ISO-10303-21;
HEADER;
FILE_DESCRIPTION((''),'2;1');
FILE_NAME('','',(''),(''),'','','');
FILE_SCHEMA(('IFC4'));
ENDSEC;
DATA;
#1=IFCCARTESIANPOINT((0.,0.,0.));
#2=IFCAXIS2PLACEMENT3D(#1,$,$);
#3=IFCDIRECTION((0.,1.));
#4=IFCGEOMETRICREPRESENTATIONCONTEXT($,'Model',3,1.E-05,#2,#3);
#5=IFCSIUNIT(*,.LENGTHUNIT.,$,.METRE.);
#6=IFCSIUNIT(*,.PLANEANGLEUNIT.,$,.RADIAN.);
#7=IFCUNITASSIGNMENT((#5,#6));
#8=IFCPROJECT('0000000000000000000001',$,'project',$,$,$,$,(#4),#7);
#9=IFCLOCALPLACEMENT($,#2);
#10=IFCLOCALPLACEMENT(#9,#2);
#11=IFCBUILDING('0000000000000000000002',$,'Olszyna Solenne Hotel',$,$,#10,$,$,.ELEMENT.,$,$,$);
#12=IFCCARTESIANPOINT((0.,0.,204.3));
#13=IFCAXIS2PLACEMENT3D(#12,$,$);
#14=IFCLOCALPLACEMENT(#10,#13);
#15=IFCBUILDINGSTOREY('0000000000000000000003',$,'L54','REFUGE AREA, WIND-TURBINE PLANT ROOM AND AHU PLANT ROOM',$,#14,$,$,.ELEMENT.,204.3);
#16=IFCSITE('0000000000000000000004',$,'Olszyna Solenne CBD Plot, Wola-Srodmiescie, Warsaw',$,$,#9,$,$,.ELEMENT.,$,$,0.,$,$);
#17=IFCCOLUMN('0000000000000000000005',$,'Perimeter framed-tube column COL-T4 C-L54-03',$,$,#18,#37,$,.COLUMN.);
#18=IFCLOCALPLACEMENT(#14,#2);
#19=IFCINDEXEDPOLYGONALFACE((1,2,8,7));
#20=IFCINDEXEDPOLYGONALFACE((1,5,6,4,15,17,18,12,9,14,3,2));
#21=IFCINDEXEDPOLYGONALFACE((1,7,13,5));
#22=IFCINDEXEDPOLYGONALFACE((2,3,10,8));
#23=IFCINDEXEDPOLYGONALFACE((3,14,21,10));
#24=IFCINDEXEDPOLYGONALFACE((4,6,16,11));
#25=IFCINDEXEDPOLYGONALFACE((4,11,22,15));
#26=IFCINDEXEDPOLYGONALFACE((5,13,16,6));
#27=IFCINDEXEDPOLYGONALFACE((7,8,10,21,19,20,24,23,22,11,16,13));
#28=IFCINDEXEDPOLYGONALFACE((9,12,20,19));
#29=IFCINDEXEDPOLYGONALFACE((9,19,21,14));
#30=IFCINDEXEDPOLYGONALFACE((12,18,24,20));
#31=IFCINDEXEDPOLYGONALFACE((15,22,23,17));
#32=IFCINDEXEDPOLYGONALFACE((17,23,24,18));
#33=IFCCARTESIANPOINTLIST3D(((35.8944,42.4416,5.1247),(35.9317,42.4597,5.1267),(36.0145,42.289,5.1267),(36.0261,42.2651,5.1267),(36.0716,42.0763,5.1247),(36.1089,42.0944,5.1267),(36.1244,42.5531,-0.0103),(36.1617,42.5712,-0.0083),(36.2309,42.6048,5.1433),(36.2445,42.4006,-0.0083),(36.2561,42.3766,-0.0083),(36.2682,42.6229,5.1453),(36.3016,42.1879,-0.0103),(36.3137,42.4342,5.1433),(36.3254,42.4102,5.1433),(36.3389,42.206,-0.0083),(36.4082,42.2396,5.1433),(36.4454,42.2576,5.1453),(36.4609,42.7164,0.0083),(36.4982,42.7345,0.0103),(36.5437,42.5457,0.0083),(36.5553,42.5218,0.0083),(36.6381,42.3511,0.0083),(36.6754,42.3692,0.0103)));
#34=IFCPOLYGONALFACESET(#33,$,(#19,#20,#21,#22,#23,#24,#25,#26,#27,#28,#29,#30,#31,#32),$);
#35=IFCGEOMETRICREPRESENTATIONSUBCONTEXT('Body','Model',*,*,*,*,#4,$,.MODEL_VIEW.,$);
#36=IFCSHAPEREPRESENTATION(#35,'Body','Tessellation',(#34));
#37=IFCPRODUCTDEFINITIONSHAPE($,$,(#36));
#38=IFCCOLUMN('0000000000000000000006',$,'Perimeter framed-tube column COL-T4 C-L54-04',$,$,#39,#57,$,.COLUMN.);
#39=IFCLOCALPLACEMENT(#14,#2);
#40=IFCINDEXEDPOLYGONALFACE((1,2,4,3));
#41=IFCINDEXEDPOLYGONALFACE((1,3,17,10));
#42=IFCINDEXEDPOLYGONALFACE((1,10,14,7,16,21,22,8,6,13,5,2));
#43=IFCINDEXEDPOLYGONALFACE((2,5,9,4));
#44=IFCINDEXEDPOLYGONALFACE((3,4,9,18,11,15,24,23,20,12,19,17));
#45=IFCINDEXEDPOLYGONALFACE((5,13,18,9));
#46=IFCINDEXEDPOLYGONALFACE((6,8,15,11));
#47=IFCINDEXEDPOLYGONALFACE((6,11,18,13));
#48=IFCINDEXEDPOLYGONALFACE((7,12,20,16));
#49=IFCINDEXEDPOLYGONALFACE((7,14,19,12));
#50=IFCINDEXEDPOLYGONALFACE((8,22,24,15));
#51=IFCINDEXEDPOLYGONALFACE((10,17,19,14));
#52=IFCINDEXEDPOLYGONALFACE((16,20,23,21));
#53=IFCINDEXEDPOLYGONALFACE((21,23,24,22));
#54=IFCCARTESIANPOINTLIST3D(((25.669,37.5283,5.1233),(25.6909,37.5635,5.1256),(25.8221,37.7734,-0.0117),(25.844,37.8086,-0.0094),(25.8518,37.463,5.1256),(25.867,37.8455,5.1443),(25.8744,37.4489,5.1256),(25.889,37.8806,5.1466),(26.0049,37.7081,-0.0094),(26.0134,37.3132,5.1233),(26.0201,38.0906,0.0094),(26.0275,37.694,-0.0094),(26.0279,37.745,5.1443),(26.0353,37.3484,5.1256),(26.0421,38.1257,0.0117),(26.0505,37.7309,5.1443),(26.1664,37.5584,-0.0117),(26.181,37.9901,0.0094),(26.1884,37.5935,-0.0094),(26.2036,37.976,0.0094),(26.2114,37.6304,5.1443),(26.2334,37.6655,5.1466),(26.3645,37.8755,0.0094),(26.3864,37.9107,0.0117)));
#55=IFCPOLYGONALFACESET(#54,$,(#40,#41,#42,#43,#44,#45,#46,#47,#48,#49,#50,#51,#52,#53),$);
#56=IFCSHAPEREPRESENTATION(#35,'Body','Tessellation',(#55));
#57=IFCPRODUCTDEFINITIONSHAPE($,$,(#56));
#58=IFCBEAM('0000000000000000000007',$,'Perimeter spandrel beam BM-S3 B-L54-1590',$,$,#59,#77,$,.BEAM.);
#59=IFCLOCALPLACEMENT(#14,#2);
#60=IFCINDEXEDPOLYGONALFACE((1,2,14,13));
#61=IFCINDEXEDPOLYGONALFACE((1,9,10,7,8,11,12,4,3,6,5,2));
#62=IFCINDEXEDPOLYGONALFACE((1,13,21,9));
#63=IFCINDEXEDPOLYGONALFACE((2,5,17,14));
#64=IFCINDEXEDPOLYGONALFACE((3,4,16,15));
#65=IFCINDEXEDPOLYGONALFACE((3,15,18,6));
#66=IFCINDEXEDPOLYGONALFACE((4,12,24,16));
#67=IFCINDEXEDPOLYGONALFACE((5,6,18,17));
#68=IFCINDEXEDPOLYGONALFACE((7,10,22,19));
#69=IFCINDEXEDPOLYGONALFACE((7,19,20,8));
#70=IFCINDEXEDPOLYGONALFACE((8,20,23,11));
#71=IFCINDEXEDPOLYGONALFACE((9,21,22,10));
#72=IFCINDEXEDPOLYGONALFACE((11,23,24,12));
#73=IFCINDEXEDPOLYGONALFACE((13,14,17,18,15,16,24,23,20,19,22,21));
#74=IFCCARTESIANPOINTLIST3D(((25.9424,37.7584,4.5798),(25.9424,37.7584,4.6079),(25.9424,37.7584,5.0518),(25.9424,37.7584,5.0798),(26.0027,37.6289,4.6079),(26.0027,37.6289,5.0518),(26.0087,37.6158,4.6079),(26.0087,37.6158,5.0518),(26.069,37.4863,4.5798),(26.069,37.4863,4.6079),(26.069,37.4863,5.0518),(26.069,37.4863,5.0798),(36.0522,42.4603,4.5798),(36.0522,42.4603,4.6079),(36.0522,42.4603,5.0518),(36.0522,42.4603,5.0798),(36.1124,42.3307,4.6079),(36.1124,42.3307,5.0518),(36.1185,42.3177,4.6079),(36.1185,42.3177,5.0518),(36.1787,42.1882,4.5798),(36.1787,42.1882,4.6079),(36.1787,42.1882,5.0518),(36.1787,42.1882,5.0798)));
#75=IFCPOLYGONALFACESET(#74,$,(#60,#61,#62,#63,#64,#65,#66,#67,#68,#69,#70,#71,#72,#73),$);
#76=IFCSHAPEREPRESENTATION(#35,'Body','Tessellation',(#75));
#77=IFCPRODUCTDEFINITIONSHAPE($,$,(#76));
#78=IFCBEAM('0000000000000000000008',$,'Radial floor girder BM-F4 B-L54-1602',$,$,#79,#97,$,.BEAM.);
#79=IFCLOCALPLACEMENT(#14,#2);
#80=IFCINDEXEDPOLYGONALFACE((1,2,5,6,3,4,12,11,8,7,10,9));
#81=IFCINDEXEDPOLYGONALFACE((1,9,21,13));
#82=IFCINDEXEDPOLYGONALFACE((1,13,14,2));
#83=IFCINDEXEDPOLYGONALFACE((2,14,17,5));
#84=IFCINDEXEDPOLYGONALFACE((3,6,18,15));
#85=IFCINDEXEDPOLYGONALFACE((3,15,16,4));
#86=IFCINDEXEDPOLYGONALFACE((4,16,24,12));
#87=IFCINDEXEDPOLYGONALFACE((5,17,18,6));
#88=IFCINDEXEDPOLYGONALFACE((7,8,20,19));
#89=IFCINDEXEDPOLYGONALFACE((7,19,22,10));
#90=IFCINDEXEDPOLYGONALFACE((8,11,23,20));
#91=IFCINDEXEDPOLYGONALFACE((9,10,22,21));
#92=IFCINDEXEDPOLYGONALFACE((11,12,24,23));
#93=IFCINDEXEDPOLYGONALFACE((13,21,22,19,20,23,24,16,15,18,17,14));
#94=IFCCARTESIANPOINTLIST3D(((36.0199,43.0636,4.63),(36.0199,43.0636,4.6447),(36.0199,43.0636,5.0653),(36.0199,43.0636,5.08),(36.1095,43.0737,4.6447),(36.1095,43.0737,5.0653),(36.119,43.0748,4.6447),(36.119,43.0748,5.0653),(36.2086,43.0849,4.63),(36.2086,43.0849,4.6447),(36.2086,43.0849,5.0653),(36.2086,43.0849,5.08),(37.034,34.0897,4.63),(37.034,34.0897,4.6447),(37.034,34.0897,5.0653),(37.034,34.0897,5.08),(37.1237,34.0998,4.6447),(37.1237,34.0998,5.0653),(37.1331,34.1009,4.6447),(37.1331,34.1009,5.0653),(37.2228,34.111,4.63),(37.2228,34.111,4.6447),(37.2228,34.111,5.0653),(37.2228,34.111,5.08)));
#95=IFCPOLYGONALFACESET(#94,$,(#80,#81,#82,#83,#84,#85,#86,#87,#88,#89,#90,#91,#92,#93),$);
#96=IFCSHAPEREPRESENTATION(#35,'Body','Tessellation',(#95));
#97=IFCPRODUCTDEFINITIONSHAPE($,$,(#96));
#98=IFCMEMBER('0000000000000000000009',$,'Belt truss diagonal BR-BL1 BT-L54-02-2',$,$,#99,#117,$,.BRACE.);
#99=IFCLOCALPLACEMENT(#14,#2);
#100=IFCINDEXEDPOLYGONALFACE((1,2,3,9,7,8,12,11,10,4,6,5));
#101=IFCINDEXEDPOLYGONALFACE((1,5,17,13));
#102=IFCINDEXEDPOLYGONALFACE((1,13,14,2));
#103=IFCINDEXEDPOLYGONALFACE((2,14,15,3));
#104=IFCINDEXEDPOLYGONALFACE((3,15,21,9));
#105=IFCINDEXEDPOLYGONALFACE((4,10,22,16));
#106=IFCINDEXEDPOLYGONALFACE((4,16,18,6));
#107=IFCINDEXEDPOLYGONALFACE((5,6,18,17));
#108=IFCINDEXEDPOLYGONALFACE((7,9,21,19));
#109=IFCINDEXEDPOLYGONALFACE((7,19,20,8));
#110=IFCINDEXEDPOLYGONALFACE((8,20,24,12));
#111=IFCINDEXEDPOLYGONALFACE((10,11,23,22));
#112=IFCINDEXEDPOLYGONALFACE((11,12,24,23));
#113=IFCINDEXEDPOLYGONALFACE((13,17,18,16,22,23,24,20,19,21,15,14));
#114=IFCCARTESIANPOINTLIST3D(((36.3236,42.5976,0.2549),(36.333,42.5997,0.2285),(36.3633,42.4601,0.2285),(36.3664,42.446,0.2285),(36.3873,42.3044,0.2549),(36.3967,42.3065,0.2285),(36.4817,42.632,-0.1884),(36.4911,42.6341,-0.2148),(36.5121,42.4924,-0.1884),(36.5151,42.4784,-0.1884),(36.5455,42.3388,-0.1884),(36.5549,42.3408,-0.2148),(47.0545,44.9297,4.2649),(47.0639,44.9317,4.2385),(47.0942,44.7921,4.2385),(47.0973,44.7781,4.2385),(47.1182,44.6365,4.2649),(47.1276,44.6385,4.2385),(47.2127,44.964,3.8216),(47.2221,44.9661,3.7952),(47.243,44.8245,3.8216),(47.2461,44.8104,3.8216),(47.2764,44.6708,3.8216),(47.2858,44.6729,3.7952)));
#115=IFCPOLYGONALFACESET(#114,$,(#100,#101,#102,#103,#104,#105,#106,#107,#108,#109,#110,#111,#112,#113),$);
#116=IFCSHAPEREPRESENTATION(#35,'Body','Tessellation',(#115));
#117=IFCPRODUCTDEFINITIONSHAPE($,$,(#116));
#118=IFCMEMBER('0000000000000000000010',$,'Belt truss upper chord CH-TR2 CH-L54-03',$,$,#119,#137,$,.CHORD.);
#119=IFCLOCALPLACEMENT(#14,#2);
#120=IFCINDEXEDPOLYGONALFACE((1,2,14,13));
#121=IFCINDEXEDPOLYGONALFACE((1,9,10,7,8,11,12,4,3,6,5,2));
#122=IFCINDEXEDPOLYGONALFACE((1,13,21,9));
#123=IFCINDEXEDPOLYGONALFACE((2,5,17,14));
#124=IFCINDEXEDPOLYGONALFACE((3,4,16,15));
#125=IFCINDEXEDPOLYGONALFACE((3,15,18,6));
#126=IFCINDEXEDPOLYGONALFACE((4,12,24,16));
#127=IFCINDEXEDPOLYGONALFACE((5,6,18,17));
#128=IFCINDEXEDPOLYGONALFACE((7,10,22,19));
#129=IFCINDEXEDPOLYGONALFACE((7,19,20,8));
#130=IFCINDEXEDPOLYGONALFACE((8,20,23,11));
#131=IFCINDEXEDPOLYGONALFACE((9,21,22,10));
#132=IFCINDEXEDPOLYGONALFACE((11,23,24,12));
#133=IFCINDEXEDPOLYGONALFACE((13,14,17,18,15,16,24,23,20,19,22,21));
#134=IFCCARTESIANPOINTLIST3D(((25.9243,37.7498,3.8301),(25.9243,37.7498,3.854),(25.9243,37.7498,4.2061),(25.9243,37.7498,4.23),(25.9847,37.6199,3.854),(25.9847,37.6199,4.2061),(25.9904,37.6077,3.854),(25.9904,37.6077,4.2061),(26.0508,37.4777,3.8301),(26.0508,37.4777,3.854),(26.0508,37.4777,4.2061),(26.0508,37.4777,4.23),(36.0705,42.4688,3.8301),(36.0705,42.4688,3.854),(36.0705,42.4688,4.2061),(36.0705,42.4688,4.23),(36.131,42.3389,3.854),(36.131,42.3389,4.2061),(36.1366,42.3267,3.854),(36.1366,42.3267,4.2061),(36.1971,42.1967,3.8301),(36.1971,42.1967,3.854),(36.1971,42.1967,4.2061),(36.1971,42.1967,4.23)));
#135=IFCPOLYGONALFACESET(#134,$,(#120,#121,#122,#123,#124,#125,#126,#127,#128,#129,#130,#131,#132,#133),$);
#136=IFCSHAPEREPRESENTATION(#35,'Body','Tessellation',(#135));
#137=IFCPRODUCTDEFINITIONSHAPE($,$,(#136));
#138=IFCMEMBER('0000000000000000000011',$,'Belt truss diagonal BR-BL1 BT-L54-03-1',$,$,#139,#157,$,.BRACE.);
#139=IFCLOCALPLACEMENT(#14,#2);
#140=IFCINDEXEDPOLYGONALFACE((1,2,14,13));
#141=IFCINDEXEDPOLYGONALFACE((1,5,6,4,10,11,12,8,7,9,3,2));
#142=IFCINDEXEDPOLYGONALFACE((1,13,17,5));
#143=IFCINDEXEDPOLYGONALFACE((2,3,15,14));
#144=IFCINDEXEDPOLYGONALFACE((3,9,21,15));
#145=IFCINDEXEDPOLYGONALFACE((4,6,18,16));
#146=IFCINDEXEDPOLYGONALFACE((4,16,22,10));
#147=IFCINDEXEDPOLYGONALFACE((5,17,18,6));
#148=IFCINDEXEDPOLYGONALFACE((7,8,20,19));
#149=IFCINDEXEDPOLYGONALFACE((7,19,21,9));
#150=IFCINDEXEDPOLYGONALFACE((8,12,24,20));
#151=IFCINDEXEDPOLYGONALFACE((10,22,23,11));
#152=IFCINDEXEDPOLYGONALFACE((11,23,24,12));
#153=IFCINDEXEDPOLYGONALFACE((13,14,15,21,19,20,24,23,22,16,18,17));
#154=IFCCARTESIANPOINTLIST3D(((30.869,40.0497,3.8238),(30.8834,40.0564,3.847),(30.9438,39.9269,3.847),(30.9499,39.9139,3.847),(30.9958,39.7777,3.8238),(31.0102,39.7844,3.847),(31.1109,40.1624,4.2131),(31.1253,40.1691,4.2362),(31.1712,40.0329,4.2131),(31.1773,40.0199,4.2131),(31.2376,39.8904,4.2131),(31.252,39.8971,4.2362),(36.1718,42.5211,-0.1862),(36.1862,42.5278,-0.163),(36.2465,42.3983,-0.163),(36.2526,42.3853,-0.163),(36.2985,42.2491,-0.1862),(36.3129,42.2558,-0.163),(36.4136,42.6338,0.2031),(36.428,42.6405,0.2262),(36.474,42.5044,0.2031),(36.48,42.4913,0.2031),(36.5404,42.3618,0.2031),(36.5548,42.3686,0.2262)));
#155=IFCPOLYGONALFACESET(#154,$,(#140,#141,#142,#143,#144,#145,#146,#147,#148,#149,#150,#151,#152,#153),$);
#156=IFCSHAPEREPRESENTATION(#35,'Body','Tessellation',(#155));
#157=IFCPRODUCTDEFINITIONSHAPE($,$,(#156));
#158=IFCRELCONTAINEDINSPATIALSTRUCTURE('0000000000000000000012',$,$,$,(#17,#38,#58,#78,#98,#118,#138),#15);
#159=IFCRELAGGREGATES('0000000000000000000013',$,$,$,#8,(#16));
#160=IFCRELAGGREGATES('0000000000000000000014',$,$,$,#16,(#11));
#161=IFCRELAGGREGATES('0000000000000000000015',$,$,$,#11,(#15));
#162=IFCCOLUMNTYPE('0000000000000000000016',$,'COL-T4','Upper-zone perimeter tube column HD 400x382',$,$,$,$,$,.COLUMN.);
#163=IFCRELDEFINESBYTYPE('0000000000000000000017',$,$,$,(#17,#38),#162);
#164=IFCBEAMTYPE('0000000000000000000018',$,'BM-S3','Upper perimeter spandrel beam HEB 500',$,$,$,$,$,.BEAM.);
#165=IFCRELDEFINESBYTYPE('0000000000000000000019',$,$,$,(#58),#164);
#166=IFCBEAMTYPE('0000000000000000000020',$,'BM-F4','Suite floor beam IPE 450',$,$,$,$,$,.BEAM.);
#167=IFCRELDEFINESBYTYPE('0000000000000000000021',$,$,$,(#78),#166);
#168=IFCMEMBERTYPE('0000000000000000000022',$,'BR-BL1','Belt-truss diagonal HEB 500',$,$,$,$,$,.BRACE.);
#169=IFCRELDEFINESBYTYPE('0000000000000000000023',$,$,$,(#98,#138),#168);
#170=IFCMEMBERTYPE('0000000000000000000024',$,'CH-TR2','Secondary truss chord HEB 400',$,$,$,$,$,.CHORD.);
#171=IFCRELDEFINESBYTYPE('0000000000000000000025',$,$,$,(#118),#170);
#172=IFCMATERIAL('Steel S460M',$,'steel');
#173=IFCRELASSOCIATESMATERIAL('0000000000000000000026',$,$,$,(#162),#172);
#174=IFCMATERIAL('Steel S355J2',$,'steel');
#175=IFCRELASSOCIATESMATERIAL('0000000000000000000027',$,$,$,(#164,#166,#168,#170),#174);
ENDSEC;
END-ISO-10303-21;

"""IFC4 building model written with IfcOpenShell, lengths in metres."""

from ifc_helpers import new_model, si_unit, direction, frame, origin, origin_2d, place, context, subcontext, project, spatial, i_section, extrude, source, transform, mapped, material, material_profile, profile_set, type_object, element, save


model = new_model("IFC4")

# Units and contexts
model_context = context("Model", 3, precision=1e-05, world=origin(), true_north=direction((0.0, 1.0)))
body_context = subcontext(model_context, "Body", "Model", "MODEL_VIEW")
ifc_project = project(units=[si_unit("LENGTHUNIT", "METRE"), si_unit("PLANEANGLEUNIT", "RADIAN")], contexts=[model_context])

# Site, building, storey
site_placement = place(None, origin())
site = spatial("IfcSite", under=ifc_project, at=site_placement, Name="Olszyna Solenne CBD Plot, Wola-Srodmiescie, Warsaw", CompositionType="ELEMENT", RefElevation=0.0)
building_placement = place(site_placement, origin())
building = spatial("IfcBuilding", under=site, at=building_placement, Name="Olszyna Solenne Hotel", CompositionType="ELEMENT")
storey_placement = place(building_placement, frame((0.0, 0.0, 204.3)))
storey = spatial("IfcBuildingStorey", under=building, at=storey_placement, Name="L54", Description="REFUGE AREA, WIND-TURBINE PLANT ROOM AND AHU PLANT ROOM", CompositionType="ELEMENT", Elevation=204.3)

# Columns
ifc_material_1 = material(Name="Steel S460M", Category="steel")
ifc_material_profile_1 = material_profile(ifc_material_1, i_section(OverallWidth=0.406, OverallDepth=0.416, WebThickness=0.0266, FlangeThickness=0.0415, at=origin_2d()), Name="HD 400x382", Category="load-bearing")
ifc_profile_set_1 = profile_set([ifc_material_profile_1], Name="Steel S460M")
column_type = type_object("IfcColumnType", Name="COL-T4", Description="Upper-zone perimeter tube column HD 400x382", PredefinedType="COLUMN", material=ifc_profile_set_1)
shared_shape_1 = source(origin(), body_context, "Body", "SweptSolid", [
    extrude(i_section(OverallWidth=0.406, OverallDepth=0.416, WebThickness=0.0266, FlangeThickness=0.0415, at=origin_2d()), origin(), (0.0, 0.0, 1.0), 5.1414),
])
column_1_placement = place(storey_placement, frame((36.3999, 42.4612, 0.0), z_axis=(-0.044731, -0.021701, 0.998763), x_axis=(0.436484, -0.899712, 0.0)))
element("IfcColumn", 1, at=column_1_placement, inside=storey, type_object=column_type, Name="Perimeter framed-tube column COL-T4 C-L54-03", PredefinedType="COLUMN", context=body_context, shape_type="MappedRepresentation", body=[
    mapped(shared_shape_1, transform((0.0, 0.0, 0.0), x_axis=(1.0, 0.0, 0.0), y_axis=(0.0, 1.0, 0.0), z_axis=(0.0, 0.0, 1.0), scale=1.0)),
])
shared_shape_2 = source(origin(), body_context, "Body", "SweptSolid", [
    extrude(i_section(OverallWidth=0.406, OverallDepth=0.416, WebThickness=0.0266, FlangeThickness=0.0415, at=origin_2d()), origin(), (0.0, 0.0, 1.0), 5.1431),
])
column_2_placement = place(storey_placement, frame((26.1042, 37.842, 0.0), z_axis=(-0.029763, -0.047659, 0.99842), x_axis=(0.848188, -0.529695, 0.0)))
element("IfcColumn", 2, at=column_2_placement, inside=storey, type_object=column_type, Name="Perimeter framed-tube column COL-T4 C-L54-04", PredefinedType="COLUMN", context=body_context, shape_type="MappedRepresentation", body=[
    mapped(shared_shape_2, transform((0.0, 0.0, 0.0), x_axis=(1.0, 0.0, 0.0), y_axis=(0.0, 1.0, 0.0), z_axis=(0.0, 0.0, 1.0), scale=1.0)),
])

# Beams
ifc_material_2 = material(Name="Steel S355J2", Category="steel")
ifc_material_profile_2 = material_profile(ifc_material_2, i_section(OverallWidth=0.3, OverallDepth=0.5, WebThickness=0.0144, FlangeThickness=0.0281, at=origin_2d()), Name="HEB 500", Category="load-bearing")
ifc_profile_set_2 = profile_set([ifc_material_profile_2], Name="Steel S355J2")
beam_type_1 = type_object("IfcBeamType", Name="BM-S3", Description="Upper perimeter spandrel beam HEB 500", PredefinedType="BEAM", material=ifc_profile_set_2)
shared_shape_3 = source(origin(), body_context, "Body", "SweptSolid", [
    extrude(i_section(OverallWidth=0.3, OverallDepth=0.5, WebThickness=0.0144, FlangeThickness=0.0281, at=origin_2d()), origin(), (0.0, 0.0, 1.0), 11.1497),
])
beam_1_placement = place(storey_placement, frame((36.1155, 42.3242, 4.8298), z_axis=(-0.906733, -0.421704, 0.0), x_axis=(0.421704, -0.906733, 0.0)))
element("IfcBeam", 3, at=beam_1_placement, inside=storey, type_object=beam_type_1, Name="Perimeter spandrel beam BM-S3 B-L54-1590", PredefinedType="BEAM", context=body_context, shape_type="MappedRepresentation", body=[
    mapped(shared_shape_3, transform((0.0, 0.0, 0.0), x_axis=(1.0, 0.0, 0.0), y_axis=(0.0, 1.0, 0.0), z_axis=(0.0, 0.0, 1.0), scale=1.0)),
])
ifc_material_profile_3 = material_profile(ifc_material_2, i_section(OverallWidth=0.1899, OverallDepth=0.45, WebThickness=0.0095, FlangeThickness=0.0146, at=origin_2d()), Name="IPE 450", Category="load-bearing")
ifc_profile_set_3 = profile_set([ifc_material_profile_3], Name="Steel S355J2")
beam_type_2 = type_object("IfcBeamType", Name="BM-F4", Description="Suite floor beam IPE 450", PredefinedType="BEAM", material=ifc_profile_set_3)
shared_shape_4 = source(origin(), body_context, "Body", "SweptSolid", [
    extrude(i_section(OverallWidth=0.1899, OverallDepth=0.45, WebThickness=0.0095, FlangeThickness=0.0146, at=origin_2d()), origin(), (0.0, 0.0, 1.0), 9.031),
])
beam_2_placement = place(storey_placement, frame((36.1143, 43.0742, 4.855), z_axis=(0.112298, -0.993675, 0.0), x_axis=(0.993675, 0.112298, 0.0)))
element("IfcBeam", 4, at=beam_2_placement, inside=storey, type_object=beam_type_2, Name="Radial floor girder BM-F4 B-L54-1602", PredefinedType="BEAM", context=body_context, shape_type="MappedRepresentation", body=[
    mapped(shared_shape_4, transform((0.0, 0.0, 0.0), x_axis=(1.0, 0.0, 0.0), y_axis=(0.0, 1.0, 0.0), z_axis=(0.0, 0.0, 1.0), scale=1.0)),
])

# Members
ifc_material_profile_4 = material_profile(ifc_material_2, i_section(OverallWidth=0.3, OverallDepth=0.5, WebThickness=0.0144, FlangeThickness=0.0281, at=origin_2d()), Name="HEB 500", Category="load-bearing")
ifc_profile_set_4 = profile_set([ifc_material_profile_4], Name="Steel S355J2")
member_type_1 = type_object("IfcMemberType", Name="BR-BL1", Description="Belt-truss diagonal HEB 500", PredefinedType="BRACE", material=ifc_profile_set_4)
shared_shape_5 = source(origin(), body_context, "Body", "SweptSolid", [
    extrude(i_section(OverallWidth=0.3, OverallDepth=0.5, WebThickness=0.0144, FlangeThickness=0.0281, at=origin_2d()), origin(), (0.0, 0.0, 1.0), 11.6907),
])
member_1_placement = place(storey_placement, frame((36.4392, 42.4692, 0.02), z_axis=(0.917907, 0.199478, 0.343009), x_axis=(-0.212361, 0.977191, 0.0)))
element("IfcMember", 5, at=member_1_placement, inside=storey, type_object=member_type_1, Name="Belt truss diagonal BR-BL1 BT-L54-02-2", PredefinedType="BRACE", context=body_context, shape_type="MappedRepresentation", body=[
    mapped(shared_shape_5, transform((0.0, 0.0, 0.0), x_axis=(1.0, 0.0, 0.0), y_axis=(0.0, 1.0, 0.0), z_axis=(0.0, 0.0, 1.0), scale=1.0)),
])
ifc_material_profile_5 = material_profile(ifc_material_2, i_section(OverallWidth=0.3, OverallDepth=0.3999, WebThickness=0.0134, FlangeThickness=0.0239, at=origin_2d()), Name="HEB 400", Category="load-bearing")
ifc_profile_set_5 = profile_set([ifc_material_profile_5], Name="Steel S355J2")
member_type_2 = type_object("IfcMemberType", Name="CH-TR2", Description="Secondary truss chord HEB 400", PredefinedType="CHORD", material=ifc_profile_set_5)
shared_shape_6 = source(origin(), body_context, "Body", "SweptSolid", [
    extrude(i_section(OverallWidth=0.3, OverallDepth=0.3999, WebThickness=0.0134, FlangeThickness=0.0239, at=origin_2d()), origin(), (0.0, 0.0, 1.0), 11.1899),
])
member_2_placement = place(storey_placement, frame((36.1338, 42.3328, 4.03), z_axis=(-0.906728, -0.421717, 0.0), x_axis=(0.421717, -0.906728, 0.0)))
element("IfcMember", 6, at=member_2_placement, inside=storey, type_object=member_type_2, Name="Belt truss upper chord CH-TR2 CH-L54-03", PredefinedType="CHORD", context=body_context, shape_type="MappedRepresentation", body=[
    mapped(shared_shape_6, transform((0.0, 0.0, 0.0), x_axis=(1.0, 0.0, 0.0), y_axis=(0.0, 1.0, 0.0), z_axis=(0.0, 0.0, 1.0), scale=1.0)),
])
shared_shape_7 = source(origin(), body_context, "Body", "SweptSolid", [
    extrude(i_section(OverallWidth=0.3, OverallDepth=0.5, WebThickness=0.0144, FlangeThickness=0.0281, at=origin_2d()), origin(), (0.0, 0.0, 1.0), 7.0928),
])
member_3_placement = place(storey_placement, frame((36.3633, 42.4448, 0.02), z_axis=(-0.747627, -0.348445, 0.565367), x_axis=(0.42244, -0.906391, 0.0)))
element("IfcMember", 7, at=member_3_placement, inside=storey, type_object=member_type_1, Name="Belt truss diagonal BR-BL1 BT-L54-03-1", PredefinedType="BRACE", context=body_context, shape_type="MappedRepresentation", body=[
    mapped(shared_shape_7, transform((0.0, 0.0, 0.0), x_axis=(1.0, 0.0, 0.0), y_axis=(0.0, 1.0, 0.0), z_axis=(0.0, 0.0, 1.0), scale=1.0)),
])

save(model, "model.ifc")
